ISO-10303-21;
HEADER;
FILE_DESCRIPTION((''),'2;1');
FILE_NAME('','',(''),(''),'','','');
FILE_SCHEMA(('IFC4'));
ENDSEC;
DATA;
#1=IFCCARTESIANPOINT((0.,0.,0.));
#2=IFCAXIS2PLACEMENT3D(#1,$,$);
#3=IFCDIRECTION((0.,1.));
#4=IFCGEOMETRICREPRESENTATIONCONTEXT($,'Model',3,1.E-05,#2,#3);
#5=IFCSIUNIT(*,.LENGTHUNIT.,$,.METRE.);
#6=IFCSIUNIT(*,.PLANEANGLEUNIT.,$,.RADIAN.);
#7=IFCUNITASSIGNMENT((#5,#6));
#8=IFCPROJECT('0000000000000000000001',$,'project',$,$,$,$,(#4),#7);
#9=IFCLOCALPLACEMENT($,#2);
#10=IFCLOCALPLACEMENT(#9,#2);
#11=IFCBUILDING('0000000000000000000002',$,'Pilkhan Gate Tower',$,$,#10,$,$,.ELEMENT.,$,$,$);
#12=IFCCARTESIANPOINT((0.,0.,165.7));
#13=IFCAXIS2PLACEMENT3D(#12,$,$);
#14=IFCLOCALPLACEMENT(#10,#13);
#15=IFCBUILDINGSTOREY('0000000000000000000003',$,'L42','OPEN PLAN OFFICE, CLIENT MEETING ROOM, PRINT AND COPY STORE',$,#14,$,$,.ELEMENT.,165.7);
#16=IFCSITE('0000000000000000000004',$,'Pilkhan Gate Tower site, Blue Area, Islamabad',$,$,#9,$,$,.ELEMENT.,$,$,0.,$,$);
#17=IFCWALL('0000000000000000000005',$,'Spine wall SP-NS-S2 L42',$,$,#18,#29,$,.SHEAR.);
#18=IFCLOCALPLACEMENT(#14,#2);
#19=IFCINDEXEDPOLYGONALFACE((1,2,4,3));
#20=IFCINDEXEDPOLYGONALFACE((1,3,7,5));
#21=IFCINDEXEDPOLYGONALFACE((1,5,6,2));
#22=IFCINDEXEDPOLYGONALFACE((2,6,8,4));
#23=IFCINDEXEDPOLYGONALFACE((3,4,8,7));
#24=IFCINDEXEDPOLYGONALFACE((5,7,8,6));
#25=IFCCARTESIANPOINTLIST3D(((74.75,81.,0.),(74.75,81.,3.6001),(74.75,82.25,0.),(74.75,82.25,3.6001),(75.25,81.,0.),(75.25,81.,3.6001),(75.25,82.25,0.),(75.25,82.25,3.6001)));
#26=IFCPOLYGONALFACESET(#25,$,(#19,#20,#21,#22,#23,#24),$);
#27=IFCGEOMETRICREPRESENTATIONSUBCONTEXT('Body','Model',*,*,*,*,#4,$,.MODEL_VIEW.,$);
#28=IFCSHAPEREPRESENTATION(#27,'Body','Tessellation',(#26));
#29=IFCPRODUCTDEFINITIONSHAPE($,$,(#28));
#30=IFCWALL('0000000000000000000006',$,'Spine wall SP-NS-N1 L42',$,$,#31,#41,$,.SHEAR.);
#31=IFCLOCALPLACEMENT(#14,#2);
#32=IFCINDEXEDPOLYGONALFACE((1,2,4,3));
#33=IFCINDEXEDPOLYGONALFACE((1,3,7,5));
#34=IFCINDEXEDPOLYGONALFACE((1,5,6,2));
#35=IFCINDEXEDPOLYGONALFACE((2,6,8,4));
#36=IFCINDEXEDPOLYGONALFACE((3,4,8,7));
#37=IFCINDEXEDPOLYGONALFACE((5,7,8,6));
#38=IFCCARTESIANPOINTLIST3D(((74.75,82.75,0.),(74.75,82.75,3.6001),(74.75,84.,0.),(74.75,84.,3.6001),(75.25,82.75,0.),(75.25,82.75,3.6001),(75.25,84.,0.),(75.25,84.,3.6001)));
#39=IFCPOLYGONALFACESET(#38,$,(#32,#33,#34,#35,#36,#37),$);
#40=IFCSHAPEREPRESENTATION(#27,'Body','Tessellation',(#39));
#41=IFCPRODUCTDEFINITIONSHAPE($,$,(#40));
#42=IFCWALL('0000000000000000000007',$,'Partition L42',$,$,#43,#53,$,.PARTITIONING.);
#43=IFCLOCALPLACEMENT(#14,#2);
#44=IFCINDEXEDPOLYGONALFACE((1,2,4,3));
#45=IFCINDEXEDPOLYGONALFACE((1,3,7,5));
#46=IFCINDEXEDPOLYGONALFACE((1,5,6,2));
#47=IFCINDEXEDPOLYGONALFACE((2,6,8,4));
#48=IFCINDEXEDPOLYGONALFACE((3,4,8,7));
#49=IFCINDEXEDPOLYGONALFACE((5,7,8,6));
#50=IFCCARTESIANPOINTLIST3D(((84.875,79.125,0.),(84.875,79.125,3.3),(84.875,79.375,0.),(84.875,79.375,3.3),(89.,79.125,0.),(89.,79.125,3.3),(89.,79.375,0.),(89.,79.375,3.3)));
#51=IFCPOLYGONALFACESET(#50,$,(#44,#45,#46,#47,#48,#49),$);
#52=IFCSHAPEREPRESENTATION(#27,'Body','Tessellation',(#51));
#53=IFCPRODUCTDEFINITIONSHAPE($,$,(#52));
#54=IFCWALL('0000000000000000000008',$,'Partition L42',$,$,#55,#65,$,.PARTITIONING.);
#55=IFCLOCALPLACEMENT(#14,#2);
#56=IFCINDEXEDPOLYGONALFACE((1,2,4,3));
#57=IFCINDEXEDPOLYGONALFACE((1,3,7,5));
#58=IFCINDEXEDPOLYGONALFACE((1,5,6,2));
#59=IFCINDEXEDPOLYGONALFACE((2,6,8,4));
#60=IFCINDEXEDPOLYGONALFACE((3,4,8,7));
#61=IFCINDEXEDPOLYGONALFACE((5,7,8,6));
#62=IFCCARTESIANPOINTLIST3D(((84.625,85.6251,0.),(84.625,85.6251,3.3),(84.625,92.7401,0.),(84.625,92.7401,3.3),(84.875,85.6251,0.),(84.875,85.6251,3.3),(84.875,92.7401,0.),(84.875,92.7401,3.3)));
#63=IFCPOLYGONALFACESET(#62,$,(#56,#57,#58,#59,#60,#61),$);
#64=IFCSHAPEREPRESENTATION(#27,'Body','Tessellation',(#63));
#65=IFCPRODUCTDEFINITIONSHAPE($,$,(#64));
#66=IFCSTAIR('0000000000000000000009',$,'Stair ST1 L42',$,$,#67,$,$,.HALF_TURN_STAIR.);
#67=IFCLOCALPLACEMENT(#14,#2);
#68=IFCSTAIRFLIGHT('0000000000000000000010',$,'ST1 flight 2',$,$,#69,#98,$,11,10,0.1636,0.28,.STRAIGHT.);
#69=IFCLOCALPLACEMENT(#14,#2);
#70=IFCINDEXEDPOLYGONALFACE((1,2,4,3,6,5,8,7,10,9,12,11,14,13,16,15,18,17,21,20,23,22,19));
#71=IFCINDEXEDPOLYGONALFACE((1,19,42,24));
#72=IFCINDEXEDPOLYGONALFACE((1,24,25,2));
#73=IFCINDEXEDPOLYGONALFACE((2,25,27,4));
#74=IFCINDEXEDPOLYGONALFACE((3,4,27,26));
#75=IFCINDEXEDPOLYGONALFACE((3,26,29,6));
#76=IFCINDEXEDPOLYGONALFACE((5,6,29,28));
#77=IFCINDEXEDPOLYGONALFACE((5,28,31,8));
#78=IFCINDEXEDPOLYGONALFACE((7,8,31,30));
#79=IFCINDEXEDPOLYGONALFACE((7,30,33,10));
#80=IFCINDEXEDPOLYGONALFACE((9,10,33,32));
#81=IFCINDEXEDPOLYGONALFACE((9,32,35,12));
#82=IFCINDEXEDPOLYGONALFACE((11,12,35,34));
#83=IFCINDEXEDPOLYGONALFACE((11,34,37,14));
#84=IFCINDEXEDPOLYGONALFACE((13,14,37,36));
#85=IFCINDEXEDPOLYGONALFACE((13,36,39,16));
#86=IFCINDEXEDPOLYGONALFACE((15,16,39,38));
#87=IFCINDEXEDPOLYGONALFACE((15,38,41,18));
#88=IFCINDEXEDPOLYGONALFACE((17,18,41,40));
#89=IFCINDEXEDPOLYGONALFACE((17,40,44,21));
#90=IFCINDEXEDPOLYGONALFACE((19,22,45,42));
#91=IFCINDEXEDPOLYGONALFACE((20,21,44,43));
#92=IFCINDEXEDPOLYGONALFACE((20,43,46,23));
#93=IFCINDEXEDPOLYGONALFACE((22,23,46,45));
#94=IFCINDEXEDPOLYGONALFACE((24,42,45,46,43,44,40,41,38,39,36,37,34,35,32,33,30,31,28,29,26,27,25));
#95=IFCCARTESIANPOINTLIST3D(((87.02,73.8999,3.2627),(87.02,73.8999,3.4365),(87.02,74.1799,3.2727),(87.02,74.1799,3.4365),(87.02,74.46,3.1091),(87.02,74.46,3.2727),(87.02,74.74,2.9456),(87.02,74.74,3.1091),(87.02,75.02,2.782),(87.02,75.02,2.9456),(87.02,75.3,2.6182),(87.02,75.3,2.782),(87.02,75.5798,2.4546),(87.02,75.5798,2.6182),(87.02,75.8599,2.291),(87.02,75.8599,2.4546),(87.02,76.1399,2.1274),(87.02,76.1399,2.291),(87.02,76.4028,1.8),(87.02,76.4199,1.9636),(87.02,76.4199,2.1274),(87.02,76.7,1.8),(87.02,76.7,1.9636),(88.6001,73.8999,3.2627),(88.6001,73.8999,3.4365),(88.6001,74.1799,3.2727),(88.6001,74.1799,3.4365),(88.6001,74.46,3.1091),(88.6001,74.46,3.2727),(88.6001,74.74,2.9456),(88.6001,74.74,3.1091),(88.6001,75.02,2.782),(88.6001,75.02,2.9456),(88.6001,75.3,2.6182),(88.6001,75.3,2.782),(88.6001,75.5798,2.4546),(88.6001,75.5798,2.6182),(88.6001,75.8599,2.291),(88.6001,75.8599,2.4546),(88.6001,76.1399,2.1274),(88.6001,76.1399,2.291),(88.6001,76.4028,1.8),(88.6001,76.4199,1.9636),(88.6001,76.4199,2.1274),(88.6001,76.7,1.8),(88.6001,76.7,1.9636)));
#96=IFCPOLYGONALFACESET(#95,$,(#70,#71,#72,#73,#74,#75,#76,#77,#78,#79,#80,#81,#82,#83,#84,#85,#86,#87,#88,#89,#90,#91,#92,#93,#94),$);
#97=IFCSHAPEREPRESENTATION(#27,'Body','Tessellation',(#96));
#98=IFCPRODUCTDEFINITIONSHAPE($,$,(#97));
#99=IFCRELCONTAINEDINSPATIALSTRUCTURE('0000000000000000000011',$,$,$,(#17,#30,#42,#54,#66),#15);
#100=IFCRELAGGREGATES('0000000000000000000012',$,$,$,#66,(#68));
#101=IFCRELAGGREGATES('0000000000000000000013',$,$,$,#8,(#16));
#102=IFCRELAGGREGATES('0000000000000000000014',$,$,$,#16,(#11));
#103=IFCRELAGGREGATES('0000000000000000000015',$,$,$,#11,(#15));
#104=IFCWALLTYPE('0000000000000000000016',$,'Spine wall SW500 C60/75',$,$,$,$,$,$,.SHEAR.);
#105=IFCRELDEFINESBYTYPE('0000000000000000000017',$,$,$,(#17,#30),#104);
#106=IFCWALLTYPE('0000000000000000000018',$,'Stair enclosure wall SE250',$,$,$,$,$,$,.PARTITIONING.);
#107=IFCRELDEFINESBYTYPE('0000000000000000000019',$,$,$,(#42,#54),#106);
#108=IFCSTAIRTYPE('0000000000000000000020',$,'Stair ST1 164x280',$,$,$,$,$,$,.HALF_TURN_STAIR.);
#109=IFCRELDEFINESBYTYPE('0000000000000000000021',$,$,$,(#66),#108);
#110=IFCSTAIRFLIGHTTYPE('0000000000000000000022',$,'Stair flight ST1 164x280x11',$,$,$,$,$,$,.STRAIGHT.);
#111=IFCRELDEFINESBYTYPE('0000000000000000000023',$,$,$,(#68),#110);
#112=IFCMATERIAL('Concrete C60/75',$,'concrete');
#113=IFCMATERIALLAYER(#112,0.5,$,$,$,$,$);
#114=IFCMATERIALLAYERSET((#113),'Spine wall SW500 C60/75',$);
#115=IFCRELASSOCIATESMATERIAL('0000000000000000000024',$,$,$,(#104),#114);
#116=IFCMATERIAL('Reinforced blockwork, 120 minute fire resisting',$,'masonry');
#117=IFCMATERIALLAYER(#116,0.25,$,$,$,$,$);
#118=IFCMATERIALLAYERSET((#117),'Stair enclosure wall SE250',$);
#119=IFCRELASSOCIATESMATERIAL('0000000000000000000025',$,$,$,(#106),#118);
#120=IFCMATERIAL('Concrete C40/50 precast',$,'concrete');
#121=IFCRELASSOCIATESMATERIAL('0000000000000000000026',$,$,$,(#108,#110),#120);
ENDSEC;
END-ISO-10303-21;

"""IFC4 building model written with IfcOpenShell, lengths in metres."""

from ifc_helpers import new_model, si_unit, direction, frame, frame_2d, origin, place, context, subcontext, project, spatial, polyline, rectangle, outline, extrude, material, layer, layer_set, type_object, element, aggregate, save


model = new_model("IFC4")

# Units and contexts
model_context = context("Model", 3, precision=1e-05, world=origin(), true_north=direction((0.0, 1.0)))
body_context = subcontext(model_context, "Body", "Model", "MODEL_VIEW")
ifc_project = project(units=[si_unit("LENGTHUNIT", "METRE"), si_unit("PLANEANGLEUNIT", "RADIAN")], contexts=[model_context])

# Site, building, storey
site_placement = place(None, origin())
site = spatial("IfcSite", under=ifc_project, at=site_placement, Name="Pilkhan Gate Tower site, Blue Area, Islamabad", CompositionType="ELEMENT", RefElevation=0.0)
building_placement = place(site_placement, origin())
building = spatial("IfcBuilding", under=site, at=building_placement, Name="Pilkhan Gate Tower", CompositionType="ELEMENT")
storey_placement = place(building_placement, frame((0.0, 0.0, 165.7)))
storey = spatial("IfcBuildingStorey", under=building, at=storey_placement, Name="L42", Description="OPEN PLAN OFFICE, CLIENT MEETING ROOM, PRINT AND COPY STORE", CompositionType="ELEMENT", Elevation=165.7)

# Shared definitions
ifc_material_1 = material(Name="Concrete C60/75", Category="concrete")

# Walls
ifc_layer_1 = layer(ifc_material_1, 0.5)
ifc_layer_set_1 = layer_set([ifc_layer_1], Name="Spine wall SW500 C60/75")
wall_type_1 = type_object("IfcWallType", Name="Spine wall SW500 C60/75", PredefinedType="SHEAR", material=ifc_layer_set_1)
for number, where, z_axis, x_axis, name in (
    (1, (75.0, 81.0, 0.0), (0.0, 0.0, 1.0), (0.0, 1.0, 0.0), "Spine wall SP-NS-S2 L42"),
    (2, (75.0, 82.75, 0.0), (0.0, 0.0, 1.0), (0.0, 1.0, 0.0), "Spine wall SP-NS-N1 L42"),
):
    element("IfcWall", number, at=place(storey_placement, frame(where, z_axis=z_axis, x_axis=x_axis)), inside=storey, type_object=wall_type_1, Name=name, PredefinedType="SHEAR", context=body_context, shape_type="SweptSolid", body=[
        extrude(rectangle(XDim=1.25, YDim=0.5, at=frame_2d((0.625, 0.0))), origin(), (0.0, 0.0, 1.0), 3.6001),
    ])
ifc_material_2 = material(Name="Reinforced blockwork, 120 minute fire resisting", Category="masonry")
ifc_layer_2 = layer(ifc_material_2, 0.25)
ifc_layer_set_2 = layer_set([ifc_layer_2], Name="Stair enclosure wall SE250")
wall_type_2 = type_object("IfcWallType", Name="Stair enclosure wall SE250", PredefinedType="PARTITIONING", material=ifc_layer_set_2)
wall_1_placement = place(storey_placement, frame((84.875, 79.25, 0.0), z_axis=(0.0, 0.0, 1.0), x_axis=(1.0, 0.0, 0.0)))
element("IfcWall", 3, at=wall_1_placement, inside=storey, type_object=wall_type_2, Name="Partition L42", PredefinedType="PARTITIONING", context=body_context, shape_type="SweptSolid", body=[
    extrude(rectangle(XDim=4.125, YDim=0.25, at=frame_2d((2.0625, 0.0))), origin(), (0.0, 0.0, 1.0), 3.3),
])
wall_2_placement = place(storey_placement, frame((84.75, 85.625, 0.0), z_axis=(0.0, 0.0, 1.0), x_axis=(0.0, 1.0, 0.0)))
element("IfcWall", 4, at=wall_2_placement, inside=storey, type_object=wall_type_2, Name="Partition L42", PredefinedType="PARTITIONING", context=body_context, shape_type="SweptSolid", body=[
    extrude(rectangle(XDim=7.115, YDim=0.25, at=frame_2d((3.5576, 0.0))), origin(), (0.0, 0.0, 1.0), 3.3),
])

# Stair, stair flight
ifc_material_3 = material(Name="Concrete C40/50 precast", Category="concrete")
stair_type = type_object("IfcStairType", Name="Stair ST1 164x280", PredefinedType="HALF_TURN_STAIR", material=ifc_material_3)
stair_placement = place(storey_placement, origin())
stair = element("IfcStair", 5, at=stair_placement, inside=storey, type_object=stair_type, Name="Stair ST1 L42", PredefinedType="HALF_TURN_STAIR")
stair_flight_type = type_object("IfcStairFlightType", Name="Stair flight ST1 164x280x11", PredefinedType="STRAIGHT", material=ifc_material_3)
stair_flight_placement = place(storey_placement, frame((87.8101, 76.7, 1.8), z_axis=(0.0, 0.0, 1.0), x_axis=(0.0, -1.0, 0.0)))
stair_flight = element("IfcStairFlight", 6, at=stair_flight_placement, type_object=stair_flight_type, Name="ST1 flight 2", NumberOfRisers=11, NumberOfTreads=10, PredefinedType="STRAIGHT", RiserHeight=0.1636, TreadLength=0.28, context=body_context, shape_type="SweptSolid", body=[
    extrude(outline(polyline([(0.0, 0.0), (0.0, 0.1636), (0.28, 0.1636), (0.28, 0.3274), (0.5601, 0.3274), (0.5601, 0.491), (0.8401, 0.491), (0.8401, 0.6545), (1.1201, 0.6545), (1.1201, 0.8181), (1.3999, 0.8181), (1.3999, 0.9819), (1.6799, 0.9819), (1.6799, 1.1455), (1.96, 1.1455), (1.96, 1.3091), (2.24, 1.3091), (2.24, 1.4727), (2.52, 1.4727), (2.52, 1.6365), (2.8, 1.6365), (2.8, 1.8), (2.8, 1.4626), (0.2971, 0.0), (0.0, 0.0)])), frame((0.0, 0.79, 0.0), z_axis=(0.0, -1.0, 0.0), x_axis=(1.0, 0.0, 0.0)), (0.0, 0.0, 1.0), 1.5801),
])
aggregate(stair, [stair_flight])

save(model, "model.ifc")
